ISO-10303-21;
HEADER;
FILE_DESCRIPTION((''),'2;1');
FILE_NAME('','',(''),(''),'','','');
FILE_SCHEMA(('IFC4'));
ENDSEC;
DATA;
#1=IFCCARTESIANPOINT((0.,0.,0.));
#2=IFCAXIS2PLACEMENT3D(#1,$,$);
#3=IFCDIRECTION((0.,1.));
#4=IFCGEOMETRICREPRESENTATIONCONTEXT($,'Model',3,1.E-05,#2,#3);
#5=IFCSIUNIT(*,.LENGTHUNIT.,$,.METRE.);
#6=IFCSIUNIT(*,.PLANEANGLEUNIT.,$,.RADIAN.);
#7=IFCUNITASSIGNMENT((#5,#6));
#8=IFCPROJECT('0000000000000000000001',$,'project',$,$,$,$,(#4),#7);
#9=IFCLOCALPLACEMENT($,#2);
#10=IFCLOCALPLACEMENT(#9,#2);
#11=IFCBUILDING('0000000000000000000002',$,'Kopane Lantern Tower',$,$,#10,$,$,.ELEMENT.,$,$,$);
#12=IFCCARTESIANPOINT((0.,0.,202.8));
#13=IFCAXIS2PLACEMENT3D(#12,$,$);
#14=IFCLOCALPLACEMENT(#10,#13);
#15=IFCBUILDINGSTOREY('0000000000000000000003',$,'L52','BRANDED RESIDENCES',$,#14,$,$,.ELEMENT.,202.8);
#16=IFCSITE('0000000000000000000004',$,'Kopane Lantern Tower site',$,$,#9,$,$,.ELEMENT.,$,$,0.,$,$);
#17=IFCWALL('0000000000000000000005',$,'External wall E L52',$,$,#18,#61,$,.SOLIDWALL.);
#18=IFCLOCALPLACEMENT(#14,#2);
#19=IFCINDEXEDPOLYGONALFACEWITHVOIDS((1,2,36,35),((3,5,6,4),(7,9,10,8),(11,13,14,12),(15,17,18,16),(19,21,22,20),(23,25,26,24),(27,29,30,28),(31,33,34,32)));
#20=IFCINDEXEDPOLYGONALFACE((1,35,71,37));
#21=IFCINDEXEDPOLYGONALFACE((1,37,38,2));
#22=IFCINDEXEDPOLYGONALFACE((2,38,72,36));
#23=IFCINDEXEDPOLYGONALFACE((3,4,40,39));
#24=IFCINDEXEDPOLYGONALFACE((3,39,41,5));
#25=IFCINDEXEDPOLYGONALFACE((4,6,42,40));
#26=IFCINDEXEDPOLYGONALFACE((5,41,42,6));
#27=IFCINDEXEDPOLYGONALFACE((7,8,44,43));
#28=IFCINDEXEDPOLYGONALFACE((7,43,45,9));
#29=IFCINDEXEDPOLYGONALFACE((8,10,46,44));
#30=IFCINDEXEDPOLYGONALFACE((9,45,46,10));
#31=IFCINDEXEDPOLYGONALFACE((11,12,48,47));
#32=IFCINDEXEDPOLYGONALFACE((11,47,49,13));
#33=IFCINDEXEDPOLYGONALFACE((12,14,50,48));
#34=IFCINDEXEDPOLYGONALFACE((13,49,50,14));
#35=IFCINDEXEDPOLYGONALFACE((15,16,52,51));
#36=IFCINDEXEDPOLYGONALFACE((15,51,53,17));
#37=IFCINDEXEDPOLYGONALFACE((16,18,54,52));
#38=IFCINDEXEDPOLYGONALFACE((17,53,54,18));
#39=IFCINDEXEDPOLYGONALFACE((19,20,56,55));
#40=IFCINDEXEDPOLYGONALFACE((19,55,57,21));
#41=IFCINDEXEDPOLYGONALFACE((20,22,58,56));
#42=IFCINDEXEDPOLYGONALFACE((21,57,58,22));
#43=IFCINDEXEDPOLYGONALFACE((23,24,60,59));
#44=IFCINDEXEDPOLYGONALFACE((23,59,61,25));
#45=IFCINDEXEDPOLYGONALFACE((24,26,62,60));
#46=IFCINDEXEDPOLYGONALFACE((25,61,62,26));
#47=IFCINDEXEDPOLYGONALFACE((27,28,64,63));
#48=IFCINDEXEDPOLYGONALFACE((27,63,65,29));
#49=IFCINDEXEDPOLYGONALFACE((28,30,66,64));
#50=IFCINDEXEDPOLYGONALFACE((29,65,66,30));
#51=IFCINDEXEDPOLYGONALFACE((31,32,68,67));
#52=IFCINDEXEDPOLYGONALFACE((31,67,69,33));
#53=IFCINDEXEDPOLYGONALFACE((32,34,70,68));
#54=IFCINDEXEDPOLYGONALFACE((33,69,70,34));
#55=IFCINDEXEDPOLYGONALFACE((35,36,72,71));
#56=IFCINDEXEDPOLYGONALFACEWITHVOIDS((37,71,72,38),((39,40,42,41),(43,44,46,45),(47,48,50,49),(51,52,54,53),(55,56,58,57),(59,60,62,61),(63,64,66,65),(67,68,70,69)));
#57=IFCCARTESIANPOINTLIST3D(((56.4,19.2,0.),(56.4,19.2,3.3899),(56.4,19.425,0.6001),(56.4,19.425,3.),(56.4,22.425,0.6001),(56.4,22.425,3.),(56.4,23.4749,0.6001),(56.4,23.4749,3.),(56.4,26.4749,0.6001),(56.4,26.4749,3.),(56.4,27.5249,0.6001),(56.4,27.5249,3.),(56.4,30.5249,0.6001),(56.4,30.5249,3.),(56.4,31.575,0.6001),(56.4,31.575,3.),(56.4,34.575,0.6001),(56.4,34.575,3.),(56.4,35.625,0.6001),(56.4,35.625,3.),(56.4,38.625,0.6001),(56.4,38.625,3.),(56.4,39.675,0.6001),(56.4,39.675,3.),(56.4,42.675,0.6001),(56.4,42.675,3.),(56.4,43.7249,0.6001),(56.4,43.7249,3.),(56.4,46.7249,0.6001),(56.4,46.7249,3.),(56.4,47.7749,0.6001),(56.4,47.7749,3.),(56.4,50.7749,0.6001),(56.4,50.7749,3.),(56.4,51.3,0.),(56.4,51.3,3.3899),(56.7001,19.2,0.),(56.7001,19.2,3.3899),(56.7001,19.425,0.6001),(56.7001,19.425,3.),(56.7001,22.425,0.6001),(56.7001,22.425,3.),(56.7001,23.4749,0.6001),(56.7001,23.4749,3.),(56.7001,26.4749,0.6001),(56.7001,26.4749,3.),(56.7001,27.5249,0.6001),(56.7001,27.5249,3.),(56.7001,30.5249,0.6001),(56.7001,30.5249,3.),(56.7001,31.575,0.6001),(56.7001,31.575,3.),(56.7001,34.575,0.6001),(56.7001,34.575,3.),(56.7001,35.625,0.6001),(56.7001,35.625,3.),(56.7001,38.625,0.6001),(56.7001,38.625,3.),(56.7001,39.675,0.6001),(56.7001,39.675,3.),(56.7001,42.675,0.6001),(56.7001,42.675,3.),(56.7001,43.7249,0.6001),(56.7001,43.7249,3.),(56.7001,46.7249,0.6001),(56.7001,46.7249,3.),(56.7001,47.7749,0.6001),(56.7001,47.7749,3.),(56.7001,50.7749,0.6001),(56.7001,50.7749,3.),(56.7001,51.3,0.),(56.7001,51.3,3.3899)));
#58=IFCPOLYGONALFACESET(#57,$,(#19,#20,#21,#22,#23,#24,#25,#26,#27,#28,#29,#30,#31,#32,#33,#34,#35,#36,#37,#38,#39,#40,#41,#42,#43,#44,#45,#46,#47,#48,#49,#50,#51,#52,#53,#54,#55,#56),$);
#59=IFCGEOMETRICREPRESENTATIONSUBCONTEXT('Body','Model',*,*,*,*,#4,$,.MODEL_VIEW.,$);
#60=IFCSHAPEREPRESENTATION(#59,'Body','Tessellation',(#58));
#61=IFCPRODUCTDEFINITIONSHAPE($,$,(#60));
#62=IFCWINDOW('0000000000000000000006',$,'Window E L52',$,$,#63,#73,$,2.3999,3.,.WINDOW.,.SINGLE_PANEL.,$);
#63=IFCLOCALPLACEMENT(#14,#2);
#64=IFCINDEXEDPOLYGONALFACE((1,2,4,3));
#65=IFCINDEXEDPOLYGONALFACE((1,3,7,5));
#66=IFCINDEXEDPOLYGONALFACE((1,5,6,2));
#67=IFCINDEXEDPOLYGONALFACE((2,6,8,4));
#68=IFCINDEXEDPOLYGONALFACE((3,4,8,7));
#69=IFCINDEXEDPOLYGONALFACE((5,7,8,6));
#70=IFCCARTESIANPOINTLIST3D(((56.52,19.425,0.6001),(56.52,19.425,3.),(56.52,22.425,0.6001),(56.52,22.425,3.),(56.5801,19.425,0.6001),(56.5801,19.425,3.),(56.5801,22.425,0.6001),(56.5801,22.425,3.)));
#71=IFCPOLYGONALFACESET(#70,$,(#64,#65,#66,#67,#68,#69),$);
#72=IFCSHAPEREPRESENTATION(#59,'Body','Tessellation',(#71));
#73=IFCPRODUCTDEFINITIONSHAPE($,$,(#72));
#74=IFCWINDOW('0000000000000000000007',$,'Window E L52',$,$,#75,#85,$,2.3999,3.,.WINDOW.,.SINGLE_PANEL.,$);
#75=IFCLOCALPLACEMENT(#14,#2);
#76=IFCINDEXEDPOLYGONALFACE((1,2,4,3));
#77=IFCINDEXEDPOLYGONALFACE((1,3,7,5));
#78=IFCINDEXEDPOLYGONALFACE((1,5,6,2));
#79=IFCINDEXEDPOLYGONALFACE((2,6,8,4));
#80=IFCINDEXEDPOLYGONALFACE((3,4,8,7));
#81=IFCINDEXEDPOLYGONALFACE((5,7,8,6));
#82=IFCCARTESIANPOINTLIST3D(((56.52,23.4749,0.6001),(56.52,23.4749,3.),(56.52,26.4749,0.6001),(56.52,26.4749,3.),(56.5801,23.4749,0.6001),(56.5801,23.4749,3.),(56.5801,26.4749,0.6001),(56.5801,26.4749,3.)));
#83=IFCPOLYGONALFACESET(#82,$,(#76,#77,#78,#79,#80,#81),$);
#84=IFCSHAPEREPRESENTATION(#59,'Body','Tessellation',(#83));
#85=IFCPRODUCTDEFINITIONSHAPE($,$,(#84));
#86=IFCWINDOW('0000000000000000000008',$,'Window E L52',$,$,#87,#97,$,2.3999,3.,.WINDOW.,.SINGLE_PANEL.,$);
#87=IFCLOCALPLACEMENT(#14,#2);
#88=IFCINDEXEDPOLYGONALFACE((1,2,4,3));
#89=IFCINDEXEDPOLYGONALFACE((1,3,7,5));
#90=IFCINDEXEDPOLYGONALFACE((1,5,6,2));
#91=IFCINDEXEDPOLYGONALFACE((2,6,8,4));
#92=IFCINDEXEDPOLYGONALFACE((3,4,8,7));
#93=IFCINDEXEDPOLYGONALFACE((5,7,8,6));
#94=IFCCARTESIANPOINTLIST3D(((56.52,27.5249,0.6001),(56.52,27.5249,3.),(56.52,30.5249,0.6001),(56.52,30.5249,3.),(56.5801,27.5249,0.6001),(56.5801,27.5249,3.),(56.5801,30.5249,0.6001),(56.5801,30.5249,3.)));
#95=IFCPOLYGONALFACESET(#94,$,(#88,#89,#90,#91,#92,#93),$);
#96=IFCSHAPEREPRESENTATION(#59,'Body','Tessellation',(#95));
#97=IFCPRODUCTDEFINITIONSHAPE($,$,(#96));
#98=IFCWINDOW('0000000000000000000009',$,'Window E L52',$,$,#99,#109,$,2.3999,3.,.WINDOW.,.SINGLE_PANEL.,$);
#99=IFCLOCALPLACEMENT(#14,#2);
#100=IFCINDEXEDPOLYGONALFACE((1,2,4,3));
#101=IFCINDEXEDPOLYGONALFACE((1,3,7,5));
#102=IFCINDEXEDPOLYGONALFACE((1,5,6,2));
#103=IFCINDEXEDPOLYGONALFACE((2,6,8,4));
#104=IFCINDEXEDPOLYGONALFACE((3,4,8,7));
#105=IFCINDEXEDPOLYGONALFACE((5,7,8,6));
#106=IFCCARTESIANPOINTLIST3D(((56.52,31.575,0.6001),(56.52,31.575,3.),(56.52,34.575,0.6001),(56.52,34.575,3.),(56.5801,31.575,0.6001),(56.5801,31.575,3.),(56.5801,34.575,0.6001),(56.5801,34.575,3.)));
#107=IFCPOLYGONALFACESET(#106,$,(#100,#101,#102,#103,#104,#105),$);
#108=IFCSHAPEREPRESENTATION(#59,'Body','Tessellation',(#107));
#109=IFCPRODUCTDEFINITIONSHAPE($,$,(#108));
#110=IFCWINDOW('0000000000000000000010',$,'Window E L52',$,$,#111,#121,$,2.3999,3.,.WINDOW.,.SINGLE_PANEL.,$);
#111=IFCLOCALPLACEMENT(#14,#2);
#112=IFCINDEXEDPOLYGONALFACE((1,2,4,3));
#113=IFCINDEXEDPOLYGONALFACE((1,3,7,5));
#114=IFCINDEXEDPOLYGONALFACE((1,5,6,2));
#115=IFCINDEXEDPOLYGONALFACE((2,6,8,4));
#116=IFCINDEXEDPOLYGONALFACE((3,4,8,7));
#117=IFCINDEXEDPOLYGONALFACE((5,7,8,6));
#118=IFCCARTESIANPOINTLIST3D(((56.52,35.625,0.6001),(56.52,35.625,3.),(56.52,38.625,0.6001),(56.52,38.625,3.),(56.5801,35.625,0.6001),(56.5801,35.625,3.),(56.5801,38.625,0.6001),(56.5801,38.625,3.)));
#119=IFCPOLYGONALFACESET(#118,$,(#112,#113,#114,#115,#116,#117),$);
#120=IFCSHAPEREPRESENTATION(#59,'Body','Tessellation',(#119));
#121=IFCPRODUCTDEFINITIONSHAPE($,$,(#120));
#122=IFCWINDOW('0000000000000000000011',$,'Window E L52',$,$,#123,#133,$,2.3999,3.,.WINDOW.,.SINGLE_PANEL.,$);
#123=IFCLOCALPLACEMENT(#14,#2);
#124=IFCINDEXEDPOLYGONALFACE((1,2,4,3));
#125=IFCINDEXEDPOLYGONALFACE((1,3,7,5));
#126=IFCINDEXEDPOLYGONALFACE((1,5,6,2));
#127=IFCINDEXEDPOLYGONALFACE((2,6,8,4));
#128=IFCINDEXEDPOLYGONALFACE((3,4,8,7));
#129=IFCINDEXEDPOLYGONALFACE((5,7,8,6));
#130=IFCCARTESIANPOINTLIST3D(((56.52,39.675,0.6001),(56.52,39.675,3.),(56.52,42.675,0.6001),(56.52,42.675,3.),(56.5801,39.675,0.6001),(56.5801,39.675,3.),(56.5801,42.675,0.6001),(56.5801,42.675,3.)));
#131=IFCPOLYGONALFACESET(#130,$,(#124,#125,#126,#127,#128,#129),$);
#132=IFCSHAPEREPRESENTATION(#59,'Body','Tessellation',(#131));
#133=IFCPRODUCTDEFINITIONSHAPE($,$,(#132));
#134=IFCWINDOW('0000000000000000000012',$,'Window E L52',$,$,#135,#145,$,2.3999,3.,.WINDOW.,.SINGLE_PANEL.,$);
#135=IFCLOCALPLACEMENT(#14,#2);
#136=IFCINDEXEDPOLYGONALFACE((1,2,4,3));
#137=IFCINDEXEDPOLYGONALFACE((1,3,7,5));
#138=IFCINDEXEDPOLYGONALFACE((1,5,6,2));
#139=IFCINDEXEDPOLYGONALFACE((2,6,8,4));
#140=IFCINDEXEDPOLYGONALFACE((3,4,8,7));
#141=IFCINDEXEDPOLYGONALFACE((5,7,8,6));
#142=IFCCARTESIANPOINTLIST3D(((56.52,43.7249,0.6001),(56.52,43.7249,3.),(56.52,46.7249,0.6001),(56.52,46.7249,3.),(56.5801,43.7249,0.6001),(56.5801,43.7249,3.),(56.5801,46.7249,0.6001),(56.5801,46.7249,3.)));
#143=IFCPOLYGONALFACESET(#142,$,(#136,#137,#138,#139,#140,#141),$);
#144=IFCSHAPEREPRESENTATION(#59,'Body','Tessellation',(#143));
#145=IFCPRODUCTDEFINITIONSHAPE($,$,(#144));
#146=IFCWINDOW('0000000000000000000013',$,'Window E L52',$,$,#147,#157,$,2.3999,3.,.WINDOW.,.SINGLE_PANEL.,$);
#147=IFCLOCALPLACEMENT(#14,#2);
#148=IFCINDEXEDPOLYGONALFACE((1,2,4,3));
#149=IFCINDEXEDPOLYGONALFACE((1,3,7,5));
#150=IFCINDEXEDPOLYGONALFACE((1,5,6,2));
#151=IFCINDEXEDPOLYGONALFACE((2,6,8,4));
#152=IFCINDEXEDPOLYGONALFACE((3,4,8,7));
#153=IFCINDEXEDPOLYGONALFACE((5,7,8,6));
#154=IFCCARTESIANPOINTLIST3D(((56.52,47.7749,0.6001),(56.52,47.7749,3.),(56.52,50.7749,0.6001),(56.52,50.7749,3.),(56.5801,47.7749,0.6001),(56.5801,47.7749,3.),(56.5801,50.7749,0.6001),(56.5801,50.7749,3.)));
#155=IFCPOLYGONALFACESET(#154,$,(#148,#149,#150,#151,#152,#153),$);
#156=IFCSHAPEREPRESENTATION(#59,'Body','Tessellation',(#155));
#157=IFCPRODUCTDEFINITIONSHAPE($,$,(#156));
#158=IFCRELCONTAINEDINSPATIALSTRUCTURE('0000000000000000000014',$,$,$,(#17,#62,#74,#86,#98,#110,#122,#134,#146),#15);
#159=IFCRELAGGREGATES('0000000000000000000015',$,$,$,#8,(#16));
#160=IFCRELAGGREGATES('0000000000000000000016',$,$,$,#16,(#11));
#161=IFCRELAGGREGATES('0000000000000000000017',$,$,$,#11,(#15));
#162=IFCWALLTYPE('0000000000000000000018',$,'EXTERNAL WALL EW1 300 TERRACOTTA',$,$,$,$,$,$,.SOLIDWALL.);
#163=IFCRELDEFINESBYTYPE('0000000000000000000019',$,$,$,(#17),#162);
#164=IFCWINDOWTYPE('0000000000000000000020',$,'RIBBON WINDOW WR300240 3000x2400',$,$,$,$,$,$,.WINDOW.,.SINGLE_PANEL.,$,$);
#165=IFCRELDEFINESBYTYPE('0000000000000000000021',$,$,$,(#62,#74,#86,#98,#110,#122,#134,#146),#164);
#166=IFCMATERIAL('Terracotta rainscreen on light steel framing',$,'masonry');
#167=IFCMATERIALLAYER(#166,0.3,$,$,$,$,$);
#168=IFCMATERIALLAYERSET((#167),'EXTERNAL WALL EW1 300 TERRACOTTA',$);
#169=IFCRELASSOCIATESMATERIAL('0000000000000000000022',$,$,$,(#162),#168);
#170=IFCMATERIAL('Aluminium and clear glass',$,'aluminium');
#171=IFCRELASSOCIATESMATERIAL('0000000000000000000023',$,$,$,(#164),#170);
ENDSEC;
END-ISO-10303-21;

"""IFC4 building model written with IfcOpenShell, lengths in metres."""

from ifc_helpers import new_model, si_unit, direction, frame, frame_2d, origin, place, context, subcontext, project, spatial, rectangle, extrude, material, layer, layer_set, type_object, element, fill, save


model = new_model("IFC4")

# Units and contexts
model_context = context("Model", 3, precision=1e-05, world=origin(), true_north=direction((0.0, 1.0)))
body_context = subcontext(model_context, "Body", "Model", "MODEL_VIEW")
ifc_project = project(units=[si_unit("LENGTHUNIT", "METRE"), si_unit("PLANEANGLEUNIT", "RADIAN")], contexts=[model_context])

# Site, building, storey
site_placement = place(None, origin())
site = spatial("IfcSite", under=ifc_project, at=site_placement, Name="Kopane Lantern Tower site", CompositionType="ELEMENT", RefElevation=0.0)
building_placement = place(site_placement, origin())
building = spatial("IfcBuilding", under=site, at=building_placement, Name="Kopane Lantern Tower", CompositionType="ELEMENT")
storey_placement = place(building_placement, frame((0.0, 0.0, 202.8)))
storey = spatial("IfcBuildingStorey", under=building, at=storey_placement, Name="L52", Description="BRANDED RESIDENCES", CompositionType="ELEMENT", Elevation=202.8)

# Shared definitions
ifc_material_1 = material(Name="Terracotta rainscreen on light steel framing", Category="masonry")
ifc_layer_1 = layer(ifc_material_1, 0.3)
ifc_layer_set_1 = layer_set([ifc_layer_1], Name="EXTERNAL WALL EW1 300 TERRACOTTA")
wall_type_1 = type_object("IfcWallType", Name="EXTERNAL WALL EW1 300 TERRACOTTA", PredefinedType="SOLIDWALL", material=ifc_layer_set_1)

# Wall, openings, windows
wall_1_placement = place(storey_placement, frame((56.55, 19.2, 0.0), z_axis=(0.0, 0.0, 1.0), x_axis=(0.0, 1.0, 0.0)))
wall_1 = element("IfcWall", 1, at=wall_1_placement, inside=storey, type_object=wall_type_1, Name="External wall E L52", PredefinedType="SOLIDWALL", context=body_context, shape_type="SweptSolid", body=[
    extrude(rectangle(XDim=32.1001, YDim=0.3, at=frame_2d((16.05, 0.0))), origin(), (0.0, 0.0, 1.0), 3.3899),
])
opening_1_placement = place(wall_1_placement, frame((0.2251, 0.0, 0.6001)))
opening_1 = element("IfcOpeningElement", 2, at=opening_1_placement, cuts=wall_1, PredefinedType="OPENING", context=body_context, shape_type="SweptSolid", body=[
    extrude(rectangle(XDim=3.0, YDim=2.3999, at=frame_2d((1.5, 1.2))), frame((0.0, 0.1599, 0.0), z_axis=(0.0, -1.0, 0.0), x_axis=(1.0, 0.0, 0.0)), (0.0, 0.0, 1.0), 0.3201),
])
opening_2_placement = place(wall_1_placement, frame((4.2749, 0.0, 0.6001)))
opening_2 = element("IfcOpeningElement", 3, at=opening_2_placement, cuts=wall_1, PredefinedType="OPENING", context=body_context, shape_type="SweptSolid", body=[
    extrude(rectangle(XDim=3.0, YDim=2.3999, at=frame_2d((1.5, 1.2))), frame((0.0, 0.1599, 0.0), z_axis=(0.0, -1.0, 0.0), x_axis=(1.0, 0.0, 0.0)), (0.0, 0.0, 1.0), 0.3201),
])
opening_3_placement = place(wall_1_placement, frame((8.325, 0.0, 0.6001)))
opening_3 = element("IfcOpeningElement", 4, at=opening_3_placement, cuts=wall_1, PredefinedType="OPENING", context=body_context, shape_type="SweptSolid", body=[
    extrude(rectangle(XDim=3.0, YDim=2.3999, at=frame_2d((1.5, 1.2))), frame((0.0, 0.1599, 0.0), z_axis=(0.0, -1.0, 0.0), x_axis=(1.0, 0.0, 0.0)), (0.0, 0.0, 1.0), 0.3201),
])
opening_4_placement = place(wall_1_placement, frame((12.375, 0.0, 0.6001)))
opening_4 = element("IfcOpeningElement", 5, at=opening_4_placement, cuts=wall_1, PredefinedType="OPENING", context=body_context, shape_type="SweptSolid", body=[
    extrude(rectangle(XDim=3.0, YDim=2.3999, at=frame_2d((1.5, 1.2))), frame((0.0, 0.1599, 0.0), z_axis=(0.0, -1.0, 0.0), x_axis=(1.0, 0.0, 0.0)), (0.0, 0.0, 1.0), 0.3201),
])
opening_5_placement = place(wall_1_placement, frame((16.425, 0.0, 0.6001)))
opening_5 = element("IfcOpeningElement", 6, at=opening_5_placement, cuts=wall_1, PredefinedType="OPENING", context=body_context, shape_type="SweptSolid", body=[
    extrude(rectangle(XDim=3.0, YDim=2.3999, at=frame_2d((1.5, 1.2))), frame((0.0, 0.1599, 0.0), z_axis=(0.0, -1.0, 0.0), x_axis=(1.0, 0.0, 0.0)), (0.0, 0.0, 1.0), 0.3201),
])
opening_6_placement = place(wall_1_placement, frame((20.4751, 0.0, 0.6001)))
opening_6 = element("IfcOpeningElement", 7, at=opening_6_placement, cuts=wall_1, PredefinedType="OPENING", context=body_context, shape_type="SweptSolid", body=[
    extrude(rectangle(XDim=3.0, YDim=2.3999, at=frame_2d((1.5, 1.2))), frame((0.0, 0.1599, 0.0), z_axis=(0.0, -1.0, 0.0), x_axis=(1.0, 0.0, 0.0)), (0.0, 0.0, 1.0), 0.3201),
])
opening_7_placement = place(wall_1_placement, frame((24.5249, 0.0, 0.6001)))
opening_7 = element("IfcOpeningElement", 8, at=opening_7_placement, cuts=wall_1, PredefinedType="OPENING", context=body_context, shape_type="SweptSolid", body=[
    extrude(rectangle(XDim=3.0, YDim=2.3999, at=frame_2d((1.5, 1.2))), frame((0.0, 0.1599, 0.0), z_axis=(0.0, -1.0, 0.0), x_axis=(1.0, 0.0, 0.0)), (0.0, 0.0, 1.0), 0.3201),
])
opening_8_placement = place(wall_1_placement, frame((28.575, 0.0, 0.6001)))
opening_8 = element("IfcOpeningElement", 9, at=opening_8_placement, cuts=wall_1, PredefinedType="OPENING", context=body_context, shape_type="SweptSolid", body=[
    extrude(rectangle(XDim=3.0, YDim=2.3999, at=frame_2d((1.5, 1.2))), frame((0.0, 0.1599, 0.0), z_axis=(0.0, -1.0, 0.0), x_axis=(1.0, 0.0, 0.0)), (0.0, 0.0, 1.0), 0.3201),
])
ifc_material_2 = material(Name="Aluminium and clear glass", Category="aluminium")
window_type_1 = type_object("IfcWindowType", Name="RIBBON WINDOW WR300240 3000x2400", PartitioningType="SINGLE_PANEL", PredefinedType="WINDOW", material=ifc_material_2)
window_1_placement = place(opening_1_placement, origin())
window_1 = element("IfcWindow", 10, at=window_1_placement, inside=storey, type_object=window_type_1, Name="Window E L52", OverallHeight=2.3999, OverallWidth=3.0, PartitioningType="SINGLE_PANEL", PredefinedType="WINDOW", context=body_context, shape_type="SweptSolid", body=[
    extrude(rectangle(XDim=3.0, YDim=2.3999, at=frame_2d((1.5, 1.2))), frame((0.0, 0.03, 0.0), z_axis=(0.0, -1.0, 0.0), x_axis=(1.0, 0.0, 0.0)), (0.0, 0.0, 1.0), 0.0601),
])
fill(opening_1, window_1)
window_2_placement = place(opening_2_placement, origin())
window_2 = element("IfcWindow", 11, at=window_2_placement, inside=storey, type_object=window_type_1, Name="Window E L52", OverallHeight=2.3999, OverallWidth=3.0, PartitioningType="SINGLE_PANEL", PredefinedType="WINDOW", context=body_context, shape_type="SweptSolid", body=[
    extrude(rectangle(XDim=3.0, YDim=2.3999, at=frame_2d((1.5, 1.2))), frame((0.0, 0.03, 0.0), z_axis=(0.0, -1.0, 0.0), x_axis=(1.0, 0.0, 0.0)), (0.0, 0.0, 1.0), 0.0601),
])
fill(opening_2, window_2)
window_3_placement = place(opening_3_placement, origin())
window_3 = element("IfcWindow", 12, at=window_3_placement, inside=storey, type_object=window_type_1, Name="Window E L52", OverallHeight=2.3999, OverallWidth=3.0, PartitioningType="SINGLE_PANEL", PredefinedType="WINDOW", context=body_context, shape_type="SweptSolid", body=[
    extrude(rectangle(XDim=3.0, YDim=2.3999, at=frame_2d((1.5, 1.2))), frame((0.0, 0.03, 0.0), z_axis=(0.0, -1.0, 0.0), x_axis=(1.0, 0.0, 0.0)), (0.0, 0.0, 1.0), 0.0601),
])
fill(opening_3, window_3)
window_4_placement = place(opening_4_placement, origin())
window_4 = element("IfcWindow", 13, at=window_4_placement, inside=storey, type_object=window_type_1, Name="Window E L52", OverallHeight=2.3999, OverallWidth=3.0, PartitioningType="SINGLE_PANEL", PredefinedType="WINDOW", context=body_context, shape_type="SweptSolid", body=[
    extrude(rectangle(XDim=3.0, YDim=2.3999, at=frame_2d((1.5, 1.2))), frame((0.0, 0.03, 0.0), z_axis=(0.0, -1.0, 0.0), x_axis=(1.0, 0.0, 0.0)), (0.0, 0.0, 1.0), 0.0601),
])
fill(opening_4, window_4)
window_5_placement = place(opening_5_placement, origin())
window_5 = element("IfcWindow", 14, at=window_5_placement, inside=storey, type_object=window_type_1, Name="Window E L52", OverallHeight=2.3999, OverallWidth=3.0, PartitioningType="SINGLE_PANEL", PredefinedType="WINDOW", context=body_context, shape_type="SweptSolid", body=[
    extrude(rectangle(XDim=3.0, YDim=2.3999, at=frame_2d((1.5, 1.2))), frame((0.0, 0.03, 0.0), z_axis=(0.0, -1.0, 0.0), x_axis=(1.0, 0.0, 0.0)), (0.0, 0.0, 1.0), 0.0601),
])
fill(opening_5, window_5)
window_6_placement = place(opening_6_placement, origin())
window_6 = element("IfcWindow", 15, at=window_6_placement, inside=storey, type_object=window_type_1, Name="Window E L52", OverallHeight=2.3999, OverallWidth=3.0, PartitioningType="SINGLE_PANEL", PredefinedType="WINDOW", context=body_context, shape_type="SweptSolid", body=[
    extrude(rectangle(XDim=3.0, YDim=2.3999, at=frame_2d((1.5, 1.2))), frame((0.0, 0.03, 0.0), z_axis=(0.0, -1.0, 0.0), x_axis=(1.0, 0.0, 0.0)), (0.0, 0.0, 1.0), 0.0601),
])
fill(opening_6, window_6)
window_7_placement = place(opening_7_placement, origin())
window_7 = element("IfcWindow", 16, at=window_7_placement, inside=storey, type_object=window_type_1, Name="Window E L52", OverallHeight=2.3999, OverallWidth=3.0, PartitioningType="SINGLE_PANEL", PredefinedType="WINDOW", context=body_context, shape_type="SweptSolid", body=[
    extrude(rectangle(XDim=3.0, YDim=2.3999, at=frame_2d((1.5, 1.2))), frame((0.0, 0.03, 0.0), z_axis=(0.0, -1.0, 0.0), x_axis=(1.0, 0.0, 0.0)), (0.0, 0.0, 1.0), 0.0601),
])
fill(opening_7, window_7)
window_8_placement = place(opening_8_placement, origin())
window_8 = element("IfcWindow", 17, at=window_8_placement, inside=storey, type_object=window_type_1, Name="Window E L52", OverallHeight=2.3999, OverallWidth=3.0, PartitioningType="SINGLE_PANEL", PredefinedType="WINDOW", context=body_context, shape_type="SweptSolid", body=[
    extrude(rectangle(XDim=3.0, YDim=2.3999, at=frame_2d((1.5, 1.2))), frame((0.0, 0.03, 0.0), z_axis=(0.0, -1.0, 0.0), x_axis=(1.0, 0.0, 0.0)), (0.0, 0.0, 1.0), 0.0601),
])
fill(opening_8, window_8)

save(model, "model.ifc")
